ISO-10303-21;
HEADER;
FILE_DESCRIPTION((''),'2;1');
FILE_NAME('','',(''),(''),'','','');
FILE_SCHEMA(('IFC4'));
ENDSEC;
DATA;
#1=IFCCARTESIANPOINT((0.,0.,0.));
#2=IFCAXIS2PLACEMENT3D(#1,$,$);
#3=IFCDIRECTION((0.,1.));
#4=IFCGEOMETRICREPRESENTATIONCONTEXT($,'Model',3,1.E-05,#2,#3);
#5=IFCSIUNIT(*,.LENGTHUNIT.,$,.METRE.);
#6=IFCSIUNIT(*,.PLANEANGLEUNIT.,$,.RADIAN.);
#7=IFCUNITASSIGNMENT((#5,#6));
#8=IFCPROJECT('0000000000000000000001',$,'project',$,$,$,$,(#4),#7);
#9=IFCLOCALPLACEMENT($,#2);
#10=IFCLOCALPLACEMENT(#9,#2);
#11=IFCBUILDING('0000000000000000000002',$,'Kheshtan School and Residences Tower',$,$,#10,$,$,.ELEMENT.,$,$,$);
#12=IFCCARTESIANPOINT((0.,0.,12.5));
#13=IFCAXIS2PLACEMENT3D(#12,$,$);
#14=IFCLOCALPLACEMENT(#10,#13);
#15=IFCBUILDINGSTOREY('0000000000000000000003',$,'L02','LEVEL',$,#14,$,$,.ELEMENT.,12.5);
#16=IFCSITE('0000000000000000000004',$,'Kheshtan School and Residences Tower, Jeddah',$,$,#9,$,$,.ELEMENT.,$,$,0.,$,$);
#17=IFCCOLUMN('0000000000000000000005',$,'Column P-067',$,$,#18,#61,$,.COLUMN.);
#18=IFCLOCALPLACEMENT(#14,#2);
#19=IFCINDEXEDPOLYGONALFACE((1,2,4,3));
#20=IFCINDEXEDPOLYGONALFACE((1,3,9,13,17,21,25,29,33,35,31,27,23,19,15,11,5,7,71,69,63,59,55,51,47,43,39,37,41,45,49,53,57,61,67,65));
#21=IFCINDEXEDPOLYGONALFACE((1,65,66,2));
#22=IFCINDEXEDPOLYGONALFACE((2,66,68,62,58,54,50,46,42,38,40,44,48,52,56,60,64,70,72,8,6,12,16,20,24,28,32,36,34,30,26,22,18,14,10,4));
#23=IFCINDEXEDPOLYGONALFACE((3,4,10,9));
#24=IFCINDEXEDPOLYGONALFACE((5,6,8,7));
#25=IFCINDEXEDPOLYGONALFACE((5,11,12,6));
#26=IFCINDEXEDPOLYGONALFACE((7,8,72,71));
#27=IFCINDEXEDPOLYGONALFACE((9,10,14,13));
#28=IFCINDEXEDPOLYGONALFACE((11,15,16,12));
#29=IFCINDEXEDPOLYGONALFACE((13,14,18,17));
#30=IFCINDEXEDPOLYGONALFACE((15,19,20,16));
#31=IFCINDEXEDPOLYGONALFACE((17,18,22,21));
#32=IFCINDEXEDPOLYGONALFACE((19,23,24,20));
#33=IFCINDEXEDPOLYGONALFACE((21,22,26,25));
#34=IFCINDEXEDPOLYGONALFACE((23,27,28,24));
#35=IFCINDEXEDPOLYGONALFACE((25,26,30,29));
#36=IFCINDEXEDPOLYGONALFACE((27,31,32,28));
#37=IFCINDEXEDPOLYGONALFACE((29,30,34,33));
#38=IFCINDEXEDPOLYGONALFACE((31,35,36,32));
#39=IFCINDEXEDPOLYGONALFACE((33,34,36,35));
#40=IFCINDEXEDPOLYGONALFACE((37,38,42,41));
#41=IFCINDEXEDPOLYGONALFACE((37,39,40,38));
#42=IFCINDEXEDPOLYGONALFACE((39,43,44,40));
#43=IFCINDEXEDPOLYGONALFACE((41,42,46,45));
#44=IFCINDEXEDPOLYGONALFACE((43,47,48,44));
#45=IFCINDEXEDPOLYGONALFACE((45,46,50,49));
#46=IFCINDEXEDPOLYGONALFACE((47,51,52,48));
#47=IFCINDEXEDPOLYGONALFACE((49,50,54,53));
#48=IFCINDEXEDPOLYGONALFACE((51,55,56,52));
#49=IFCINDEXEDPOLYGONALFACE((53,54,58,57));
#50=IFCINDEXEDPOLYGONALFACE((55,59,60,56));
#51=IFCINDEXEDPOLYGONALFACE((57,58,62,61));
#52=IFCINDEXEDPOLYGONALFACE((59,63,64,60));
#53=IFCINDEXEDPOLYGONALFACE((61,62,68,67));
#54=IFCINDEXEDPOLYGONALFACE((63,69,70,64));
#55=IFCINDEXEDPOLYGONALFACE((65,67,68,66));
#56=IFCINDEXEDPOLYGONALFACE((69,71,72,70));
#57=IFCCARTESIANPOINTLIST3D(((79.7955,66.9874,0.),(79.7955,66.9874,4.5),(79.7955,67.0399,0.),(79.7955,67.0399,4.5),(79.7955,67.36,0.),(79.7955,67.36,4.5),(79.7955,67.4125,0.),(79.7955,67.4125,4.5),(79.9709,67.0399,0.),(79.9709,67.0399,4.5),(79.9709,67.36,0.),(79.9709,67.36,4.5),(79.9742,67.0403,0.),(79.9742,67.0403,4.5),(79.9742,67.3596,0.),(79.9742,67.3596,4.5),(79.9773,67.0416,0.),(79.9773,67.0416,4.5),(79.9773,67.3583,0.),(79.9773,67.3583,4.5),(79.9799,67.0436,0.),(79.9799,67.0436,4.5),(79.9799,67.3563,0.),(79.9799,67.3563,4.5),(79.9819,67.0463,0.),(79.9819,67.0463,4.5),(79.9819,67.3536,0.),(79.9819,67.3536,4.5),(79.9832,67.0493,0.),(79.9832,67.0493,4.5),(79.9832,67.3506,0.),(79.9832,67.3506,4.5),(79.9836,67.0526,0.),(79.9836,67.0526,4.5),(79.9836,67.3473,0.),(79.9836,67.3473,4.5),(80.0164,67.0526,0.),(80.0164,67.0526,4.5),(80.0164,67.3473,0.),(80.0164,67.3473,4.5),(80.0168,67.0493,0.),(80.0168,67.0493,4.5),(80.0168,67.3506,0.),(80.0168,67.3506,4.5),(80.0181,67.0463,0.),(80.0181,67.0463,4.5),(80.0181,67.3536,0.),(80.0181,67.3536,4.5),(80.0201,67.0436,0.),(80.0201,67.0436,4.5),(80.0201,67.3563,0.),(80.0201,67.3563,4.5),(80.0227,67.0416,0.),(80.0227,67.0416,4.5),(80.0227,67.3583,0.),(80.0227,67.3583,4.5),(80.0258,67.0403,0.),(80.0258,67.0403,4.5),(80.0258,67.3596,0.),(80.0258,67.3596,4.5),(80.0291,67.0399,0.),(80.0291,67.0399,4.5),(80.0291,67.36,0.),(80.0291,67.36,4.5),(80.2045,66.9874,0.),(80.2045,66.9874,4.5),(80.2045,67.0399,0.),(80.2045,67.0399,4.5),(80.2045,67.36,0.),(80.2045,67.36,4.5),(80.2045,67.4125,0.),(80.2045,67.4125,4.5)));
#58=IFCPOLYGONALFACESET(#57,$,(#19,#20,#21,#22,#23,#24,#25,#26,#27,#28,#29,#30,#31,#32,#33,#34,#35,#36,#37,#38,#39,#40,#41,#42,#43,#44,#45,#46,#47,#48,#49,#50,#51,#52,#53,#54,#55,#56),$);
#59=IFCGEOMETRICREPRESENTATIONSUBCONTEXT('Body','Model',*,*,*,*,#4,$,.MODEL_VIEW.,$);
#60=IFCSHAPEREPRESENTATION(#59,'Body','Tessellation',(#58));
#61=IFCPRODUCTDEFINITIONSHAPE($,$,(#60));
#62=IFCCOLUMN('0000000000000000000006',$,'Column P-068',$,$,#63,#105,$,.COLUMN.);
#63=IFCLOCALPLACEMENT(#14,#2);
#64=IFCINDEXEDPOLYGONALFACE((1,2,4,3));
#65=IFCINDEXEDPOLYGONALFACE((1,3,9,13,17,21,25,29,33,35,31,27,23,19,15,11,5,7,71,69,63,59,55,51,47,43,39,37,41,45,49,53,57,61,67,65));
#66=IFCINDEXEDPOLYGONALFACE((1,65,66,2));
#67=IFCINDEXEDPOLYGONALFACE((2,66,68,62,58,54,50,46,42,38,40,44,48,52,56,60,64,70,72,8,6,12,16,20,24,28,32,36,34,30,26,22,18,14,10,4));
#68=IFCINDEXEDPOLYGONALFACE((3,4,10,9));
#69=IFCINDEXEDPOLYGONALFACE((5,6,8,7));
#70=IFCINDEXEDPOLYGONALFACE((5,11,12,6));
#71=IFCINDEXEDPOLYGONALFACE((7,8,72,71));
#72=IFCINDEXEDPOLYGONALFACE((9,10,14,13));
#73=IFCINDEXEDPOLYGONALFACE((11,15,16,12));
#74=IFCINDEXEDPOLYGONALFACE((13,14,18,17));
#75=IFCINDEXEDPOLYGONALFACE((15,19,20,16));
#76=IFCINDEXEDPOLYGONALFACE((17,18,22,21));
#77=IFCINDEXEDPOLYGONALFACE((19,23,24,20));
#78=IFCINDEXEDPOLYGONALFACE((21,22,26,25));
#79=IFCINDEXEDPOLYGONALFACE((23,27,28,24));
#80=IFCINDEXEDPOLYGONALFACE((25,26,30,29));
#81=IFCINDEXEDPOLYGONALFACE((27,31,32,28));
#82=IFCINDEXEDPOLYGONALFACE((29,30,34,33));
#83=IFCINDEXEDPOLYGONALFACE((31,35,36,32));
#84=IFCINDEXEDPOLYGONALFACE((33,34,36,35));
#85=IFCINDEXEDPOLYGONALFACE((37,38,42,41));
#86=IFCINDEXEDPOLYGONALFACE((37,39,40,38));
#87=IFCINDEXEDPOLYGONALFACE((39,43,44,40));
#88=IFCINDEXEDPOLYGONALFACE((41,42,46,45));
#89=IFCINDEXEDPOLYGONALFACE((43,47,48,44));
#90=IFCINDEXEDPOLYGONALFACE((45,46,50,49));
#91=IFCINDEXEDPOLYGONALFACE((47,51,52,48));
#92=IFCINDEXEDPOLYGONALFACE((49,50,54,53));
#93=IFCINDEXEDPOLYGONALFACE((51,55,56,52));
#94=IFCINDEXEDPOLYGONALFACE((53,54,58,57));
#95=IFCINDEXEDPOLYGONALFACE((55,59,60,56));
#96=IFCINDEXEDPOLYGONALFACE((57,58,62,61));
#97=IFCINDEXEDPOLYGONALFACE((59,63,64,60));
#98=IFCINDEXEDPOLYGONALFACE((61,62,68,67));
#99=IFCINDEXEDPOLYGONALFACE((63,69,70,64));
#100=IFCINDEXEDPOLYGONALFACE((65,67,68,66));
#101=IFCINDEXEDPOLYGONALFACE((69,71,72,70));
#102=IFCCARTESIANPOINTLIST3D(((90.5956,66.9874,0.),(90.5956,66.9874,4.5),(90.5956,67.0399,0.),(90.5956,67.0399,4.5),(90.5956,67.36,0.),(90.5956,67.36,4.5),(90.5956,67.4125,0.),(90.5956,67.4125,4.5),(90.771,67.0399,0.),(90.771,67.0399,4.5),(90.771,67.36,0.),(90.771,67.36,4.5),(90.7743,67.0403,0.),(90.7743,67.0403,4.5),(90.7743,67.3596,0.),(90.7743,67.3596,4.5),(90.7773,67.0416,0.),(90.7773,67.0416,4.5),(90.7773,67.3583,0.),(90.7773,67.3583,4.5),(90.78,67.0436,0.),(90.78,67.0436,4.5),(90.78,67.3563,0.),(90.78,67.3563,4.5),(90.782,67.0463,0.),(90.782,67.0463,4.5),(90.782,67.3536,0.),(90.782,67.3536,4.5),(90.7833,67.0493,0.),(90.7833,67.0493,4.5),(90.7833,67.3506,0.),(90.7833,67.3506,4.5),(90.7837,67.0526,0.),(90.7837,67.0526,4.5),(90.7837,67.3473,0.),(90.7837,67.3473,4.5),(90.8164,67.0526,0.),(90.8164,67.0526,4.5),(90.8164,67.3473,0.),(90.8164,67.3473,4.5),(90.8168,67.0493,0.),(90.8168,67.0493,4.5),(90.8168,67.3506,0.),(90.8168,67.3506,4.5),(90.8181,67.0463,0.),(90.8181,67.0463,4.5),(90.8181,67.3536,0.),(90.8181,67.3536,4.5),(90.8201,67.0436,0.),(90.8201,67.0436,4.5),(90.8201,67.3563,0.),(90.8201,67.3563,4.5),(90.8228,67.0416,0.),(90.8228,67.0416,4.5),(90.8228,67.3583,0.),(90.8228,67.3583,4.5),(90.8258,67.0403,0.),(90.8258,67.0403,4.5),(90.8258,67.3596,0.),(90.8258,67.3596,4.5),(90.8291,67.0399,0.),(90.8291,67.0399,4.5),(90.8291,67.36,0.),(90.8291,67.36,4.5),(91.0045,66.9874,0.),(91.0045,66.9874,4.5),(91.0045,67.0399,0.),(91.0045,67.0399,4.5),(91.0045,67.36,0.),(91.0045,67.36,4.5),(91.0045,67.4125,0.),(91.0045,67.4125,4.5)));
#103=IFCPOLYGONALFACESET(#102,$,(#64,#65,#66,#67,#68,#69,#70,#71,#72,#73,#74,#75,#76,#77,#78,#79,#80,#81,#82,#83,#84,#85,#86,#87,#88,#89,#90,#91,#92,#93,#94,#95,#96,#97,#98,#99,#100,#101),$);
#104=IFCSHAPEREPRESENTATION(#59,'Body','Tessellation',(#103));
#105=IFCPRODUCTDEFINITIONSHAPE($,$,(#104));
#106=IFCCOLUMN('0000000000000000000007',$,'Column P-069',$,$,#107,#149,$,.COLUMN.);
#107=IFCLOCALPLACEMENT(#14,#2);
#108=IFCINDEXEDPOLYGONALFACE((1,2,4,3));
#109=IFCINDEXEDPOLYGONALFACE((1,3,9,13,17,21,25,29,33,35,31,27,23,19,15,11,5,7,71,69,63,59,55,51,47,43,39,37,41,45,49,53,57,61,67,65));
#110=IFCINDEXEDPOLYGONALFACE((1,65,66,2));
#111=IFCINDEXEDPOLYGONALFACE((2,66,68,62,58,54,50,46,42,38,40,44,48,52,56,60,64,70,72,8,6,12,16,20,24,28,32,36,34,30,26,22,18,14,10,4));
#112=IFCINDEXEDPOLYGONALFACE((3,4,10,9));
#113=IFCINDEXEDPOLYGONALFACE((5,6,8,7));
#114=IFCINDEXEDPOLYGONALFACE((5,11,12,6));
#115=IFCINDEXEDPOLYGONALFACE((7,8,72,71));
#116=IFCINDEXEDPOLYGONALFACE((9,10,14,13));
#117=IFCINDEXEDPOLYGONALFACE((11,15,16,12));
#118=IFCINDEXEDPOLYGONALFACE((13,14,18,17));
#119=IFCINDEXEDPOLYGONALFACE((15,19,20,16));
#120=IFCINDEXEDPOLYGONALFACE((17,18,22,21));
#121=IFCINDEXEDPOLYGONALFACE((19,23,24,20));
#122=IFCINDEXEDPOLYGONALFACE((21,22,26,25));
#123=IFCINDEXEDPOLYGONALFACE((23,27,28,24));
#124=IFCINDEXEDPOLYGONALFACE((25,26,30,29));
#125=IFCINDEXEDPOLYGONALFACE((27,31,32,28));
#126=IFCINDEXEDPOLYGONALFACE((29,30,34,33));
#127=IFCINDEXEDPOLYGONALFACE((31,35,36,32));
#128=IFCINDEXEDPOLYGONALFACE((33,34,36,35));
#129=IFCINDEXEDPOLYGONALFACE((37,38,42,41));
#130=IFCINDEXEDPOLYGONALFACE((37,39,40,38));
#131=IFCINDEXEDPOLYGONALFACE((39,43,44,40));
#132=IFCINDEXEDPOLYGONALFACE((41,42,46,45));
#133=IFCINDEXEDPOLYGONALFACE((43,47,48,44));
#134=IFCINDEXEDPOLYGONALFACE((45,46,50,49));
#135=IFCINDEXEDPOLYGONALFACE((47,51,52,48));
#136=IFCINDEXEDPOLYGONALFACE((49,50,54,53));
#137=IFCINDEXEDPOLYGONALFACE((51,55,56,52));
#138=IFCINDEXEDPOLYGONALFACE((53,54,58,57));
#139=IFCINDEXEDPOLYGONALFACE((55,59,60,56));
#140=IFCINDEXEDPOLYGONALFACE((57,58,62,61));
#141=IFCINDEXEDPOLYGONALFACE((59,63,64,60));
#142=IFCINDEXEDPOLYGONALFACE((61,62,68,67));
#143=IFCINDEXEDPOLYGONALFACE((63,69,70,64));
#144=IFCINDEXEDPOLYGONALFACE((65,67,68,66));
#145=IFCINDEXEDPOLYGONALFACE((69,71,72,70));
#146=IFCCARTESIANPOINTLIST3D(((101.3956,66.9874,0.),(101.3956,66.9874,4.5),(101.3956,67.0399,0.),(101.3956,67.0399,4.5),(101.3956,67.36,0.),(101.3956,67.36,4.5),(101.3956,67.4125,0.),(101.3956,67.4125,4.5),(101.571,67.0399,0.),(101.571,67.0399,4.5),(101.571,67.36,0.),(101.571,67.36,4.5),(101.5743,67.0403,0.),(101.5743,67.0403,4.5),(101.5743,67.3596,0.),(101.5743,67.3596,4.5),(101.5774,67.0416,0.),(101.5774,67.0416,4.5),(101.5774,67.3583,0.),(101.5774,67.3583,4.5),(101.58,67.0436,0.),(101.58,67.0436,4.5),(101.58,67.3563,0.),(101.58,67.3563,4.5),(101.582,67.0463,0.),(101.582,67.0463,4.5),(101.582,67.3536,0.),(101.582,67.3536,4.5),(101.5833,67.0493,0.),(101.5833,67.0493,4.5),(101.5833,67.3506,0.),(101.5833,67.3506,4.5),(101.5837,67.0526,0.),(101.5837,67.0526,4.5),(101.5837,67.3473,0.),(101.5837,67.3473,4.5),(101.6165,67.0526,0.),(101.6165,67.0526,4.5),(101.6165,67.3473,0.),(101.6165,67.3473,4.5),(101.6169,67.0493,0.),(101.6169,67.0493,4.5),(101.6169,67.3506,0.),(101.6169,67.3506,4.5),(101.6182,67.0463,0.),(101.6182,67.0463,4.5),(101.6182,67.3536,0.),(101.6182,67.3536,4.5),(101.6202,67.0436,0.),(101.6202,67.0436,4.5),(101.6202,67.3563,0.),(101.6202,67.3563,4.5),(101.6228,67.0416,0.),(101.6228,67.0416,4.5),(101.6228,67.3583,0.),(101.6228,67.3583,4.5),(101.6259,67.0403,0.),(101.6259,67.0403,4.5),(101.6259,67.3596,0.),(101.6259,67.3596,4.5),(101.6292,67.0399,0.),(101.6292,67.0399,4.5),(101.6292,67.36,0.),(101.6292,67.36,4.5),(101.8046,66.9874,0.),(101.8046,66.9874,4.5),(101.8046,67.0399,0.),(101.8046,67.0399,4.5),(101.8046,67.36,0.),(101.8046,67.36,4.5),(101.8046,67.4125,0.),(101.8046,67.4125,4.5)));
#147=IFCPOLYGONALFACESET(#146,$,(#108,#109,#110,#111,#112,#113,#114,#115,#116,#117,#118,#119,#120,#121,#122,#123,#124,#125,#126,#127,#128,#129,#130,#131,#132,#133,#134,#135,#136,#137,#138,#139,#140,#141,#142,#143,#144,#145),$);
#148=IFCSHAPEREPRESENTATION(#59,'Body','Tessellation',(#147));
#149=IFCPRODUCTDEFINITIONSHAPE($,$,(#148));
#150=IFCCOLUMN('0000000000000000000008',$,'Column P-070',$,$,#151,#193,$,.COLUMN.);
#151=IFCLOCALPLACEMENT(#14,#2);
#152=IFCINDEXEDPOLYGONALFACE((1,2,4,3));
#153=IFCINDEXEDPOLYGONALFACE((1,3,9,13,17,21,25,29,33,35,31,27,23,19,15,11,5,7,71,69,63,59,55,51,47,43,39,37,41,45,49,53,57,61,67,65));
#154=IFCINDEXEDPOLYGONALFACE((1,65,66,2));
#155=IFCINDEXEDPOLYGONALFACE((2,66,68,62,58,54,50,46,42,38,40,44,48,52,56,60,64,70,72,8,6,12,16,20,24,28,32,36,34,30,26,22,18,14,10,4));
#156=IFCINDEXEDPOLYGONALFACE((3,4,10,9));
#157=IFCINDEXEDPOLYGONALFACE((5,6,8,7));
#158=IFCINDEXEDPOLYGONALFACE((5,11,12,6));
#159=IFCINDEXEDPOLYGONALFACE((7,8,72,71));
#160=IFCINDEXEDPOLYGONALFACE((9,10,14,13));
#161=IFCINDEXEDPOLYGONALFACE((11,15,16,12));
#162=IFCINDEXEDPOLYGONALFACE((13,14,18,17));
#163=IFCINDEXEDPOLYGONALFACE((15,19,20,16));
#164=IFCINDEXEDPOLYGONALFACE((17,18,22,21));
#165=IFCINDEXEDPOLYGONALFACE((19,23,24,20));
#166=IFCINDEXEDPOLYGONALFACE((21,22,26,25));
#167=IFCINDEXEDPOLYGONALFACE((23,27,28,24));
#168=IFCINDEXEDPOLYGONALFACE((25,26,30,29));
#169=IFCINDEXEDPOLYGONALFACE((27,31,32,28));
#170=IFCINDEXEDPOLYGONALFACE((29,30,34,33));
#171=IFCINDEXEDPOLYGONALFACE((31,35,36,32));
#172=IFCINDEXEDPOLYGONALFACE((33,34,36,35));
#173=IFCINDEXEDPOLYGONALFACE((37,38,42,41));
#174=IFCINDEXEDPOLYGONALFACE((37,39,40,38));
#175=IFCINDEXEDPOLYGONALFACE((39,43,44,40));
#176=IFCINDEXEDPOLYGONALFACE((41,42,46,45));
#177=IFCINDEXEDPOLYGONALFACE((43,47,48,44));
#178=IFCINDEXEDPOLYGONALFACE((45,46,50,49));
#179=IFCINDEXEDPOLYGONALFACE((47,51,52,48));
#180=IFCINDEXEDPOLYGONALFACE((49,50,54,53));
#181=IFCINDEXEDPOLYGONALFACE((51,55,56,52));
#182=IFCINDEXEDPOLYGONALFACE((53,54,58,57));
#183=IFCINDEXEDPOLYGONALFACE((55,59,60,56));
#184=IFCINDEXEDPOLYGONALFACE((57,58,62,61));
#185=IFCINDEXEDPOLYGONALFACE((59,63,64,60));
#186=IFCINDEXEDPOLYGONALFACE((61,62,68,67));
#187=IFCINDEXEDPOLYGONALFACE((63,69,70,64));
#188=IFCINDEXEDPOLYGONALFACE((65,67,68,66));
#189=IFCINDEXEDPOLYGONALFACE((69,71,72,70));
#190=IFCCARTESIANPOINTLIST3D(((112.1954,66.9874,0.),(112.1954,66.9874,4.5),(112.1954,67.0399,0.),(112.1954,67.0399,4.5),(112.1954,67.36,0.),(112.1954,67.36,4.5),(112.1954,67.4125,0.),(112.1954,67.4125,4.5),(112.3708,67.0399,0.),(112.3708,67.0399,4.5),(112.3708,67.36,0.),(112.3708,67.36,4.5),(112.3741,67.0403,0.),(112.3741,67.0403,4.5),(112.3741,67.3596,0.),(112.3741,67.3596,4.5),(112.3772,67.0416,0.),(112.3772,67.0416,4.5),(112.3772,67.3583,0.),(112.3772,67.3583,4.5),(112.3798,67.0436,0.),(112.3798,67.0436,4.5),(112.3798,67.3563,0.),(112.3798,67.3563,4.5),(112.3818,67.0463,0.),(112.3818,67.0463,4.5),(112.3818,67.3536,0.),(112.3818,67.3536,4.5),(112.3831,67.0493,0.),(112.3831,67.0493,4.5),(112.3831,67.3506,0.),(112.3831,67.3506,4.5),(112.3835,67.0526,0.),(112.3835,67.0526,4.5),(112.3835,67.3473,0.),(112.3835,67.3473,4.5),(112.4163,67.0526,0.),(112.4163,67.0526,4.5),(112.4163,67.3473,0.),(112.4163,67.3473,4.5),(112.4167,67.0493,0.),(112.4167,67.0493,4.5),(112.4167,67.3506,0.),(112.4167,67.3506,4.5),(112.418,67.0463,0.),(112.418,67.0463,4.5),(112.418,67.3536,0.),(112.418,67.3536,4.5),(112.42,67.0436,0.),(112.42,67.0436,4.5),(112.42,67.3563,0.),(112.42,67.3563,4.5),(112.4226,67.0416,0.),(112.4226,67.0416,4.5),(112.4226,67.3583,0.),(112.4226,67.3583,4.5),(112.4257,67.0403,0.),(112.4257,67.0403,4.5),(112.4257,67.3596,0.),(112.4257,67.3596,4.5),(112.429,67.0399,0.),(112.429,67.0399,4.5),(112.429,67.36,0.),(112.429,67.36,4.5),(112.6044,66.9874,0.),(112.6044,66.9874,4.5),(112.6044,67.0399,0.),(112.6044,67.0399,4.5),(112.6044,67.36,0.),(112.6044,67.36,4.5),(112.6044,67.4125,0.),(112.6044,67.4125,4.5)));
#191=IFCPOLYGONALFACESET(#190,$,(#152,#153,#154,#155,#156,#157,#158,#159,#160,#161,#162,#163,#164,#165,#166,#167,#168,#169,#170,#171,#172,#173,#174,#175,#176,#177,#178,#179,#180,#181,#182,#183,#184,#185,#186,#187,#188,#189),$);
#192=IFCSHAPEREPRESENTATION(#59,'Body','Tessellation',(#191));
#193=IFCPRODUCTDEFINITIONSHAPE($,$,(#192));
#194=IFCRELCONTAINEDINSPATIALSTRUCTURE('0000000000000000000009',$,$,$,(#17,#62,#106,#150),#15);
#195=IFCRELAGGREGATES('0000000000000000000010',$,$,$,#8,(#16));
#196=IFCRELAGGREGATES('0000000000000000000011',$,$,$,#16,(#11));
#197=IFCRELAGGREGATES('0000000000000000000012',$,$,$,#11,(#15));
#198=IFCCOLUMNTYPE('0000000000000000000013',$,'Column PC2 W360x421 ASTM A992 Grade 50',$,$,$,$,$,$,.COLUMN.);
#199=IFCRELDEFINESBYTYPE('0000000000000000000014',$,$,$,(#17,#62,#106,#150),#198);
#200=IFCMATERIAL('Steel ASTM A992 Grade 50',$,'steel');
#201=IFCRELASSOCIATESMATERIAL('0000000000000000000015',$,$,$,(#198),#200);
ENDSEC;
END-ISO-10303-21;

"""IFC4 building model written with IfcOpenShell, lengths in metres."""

from ifc_helpers import new_model, si_unit, direction, frame, origin, origin_2d, place, context, subcontext, project, spatial, i_section, extrude, material, material_profile, profile_set, type_object, element, save


model = new_model("IFC4")

# Units and contexts
model_context = context("Model", 3, precision=1e-05, world=origin(), true_north=direction((0.0, 1.0)))
body_context = subcontext(model_context, "Body", "Model", "MODEL_VIEW")
ifc_project = project(units=[si_unit("LENGTHUNIT", "METRE"), si_unit("PLANEANGLEUNIT", "RADIAN")], contexts=[model_context])

# Site, building, storey
site_placement = place(None, origin())
site = spatial("IfcSite", under=ifc_project, at=site_placement, Name="Kheshtan School and Residences Tower, Jeddah", CompositionType="ELEMENT", RefElevation=0.0)
building_placement = place(site_placement, origin())
building = spatial("IfcBuilding", under=site, at=building_placement, Name="Kheshtan School and Residences Tower", CompositionType="ELEMENT")
storey_placement = place(building_placement, frame((0.0, 0.0, 12.5)))
storey = spatial("IfcBuildingStorey", under=building, at=storey_placement, Name="L02", Description="LEVEL", CompositionType="ELEMENT", Elevation=12.5)

# Columns
ifc_material_1 = material(Name="Steel ASTM A992 Grade 50", Category="steel")
ifc_material_profile_1 = material_profile(ifc_material_1, i_section(OverallWidth=0.4089, OverallDepth=0.425, WebThickness=0.0327, FlangeThickness=0.0525, FilletRadius=0.0127, at=origin_2d()), Name="W360x421")
ifc_profile_set_1 = profile_set([ifc_material_profile_1], Name="Steel ASTM A992 Grade 50")
column_type = type_object("IfcColumnType", Name="Column PC2 W360x421 ASTM A992 Grade 50", PredefinedType="COLUMN", material=ifc_profile_set_1)
for number, where, z_axis, x_axis, name in (
    (1, (80.0, 67.2, 0.0), (0.0, 0.0, 1.0), (1.0, 0.0, 0.0), "Column P-067"),
    (2, (90.8, 67.2, 0.0), (0.0, 0.0, 1.0), (1.0, 0.0, 0.0), "Column P-068"),
    (3, (101.6001, 67.2, 0.0), (0.0, 0.0, 1.0), (1.0, 0.0, 0.0), "Column P-069"),
    (4, (112.3999, 67.2, 0.0), (0.0, 0.0, 1.0), (1.0, 0.0, 0.0), "Column P-070"),
):
    element("IfcColumn", number, at=place(storey_placement, frame(where, z_axis=z_axis, x_axis=x_axis)), inside=storey, type_object=column_type, Name=name, PredefinedType="COLUMN", context=body_context, shape_type="SweptSolid", body=[
        extrude(i_section(OverallWidth=0.4089, OverallDepth=0.425, WebThickness=0.0327, FlangeThickness=0.0525, FilletRadius=0.0127, at=origin_2d()), origin(), (0.0, 0.0, 1.0), 4.5),
    ])

save(model, "model.ifc")
